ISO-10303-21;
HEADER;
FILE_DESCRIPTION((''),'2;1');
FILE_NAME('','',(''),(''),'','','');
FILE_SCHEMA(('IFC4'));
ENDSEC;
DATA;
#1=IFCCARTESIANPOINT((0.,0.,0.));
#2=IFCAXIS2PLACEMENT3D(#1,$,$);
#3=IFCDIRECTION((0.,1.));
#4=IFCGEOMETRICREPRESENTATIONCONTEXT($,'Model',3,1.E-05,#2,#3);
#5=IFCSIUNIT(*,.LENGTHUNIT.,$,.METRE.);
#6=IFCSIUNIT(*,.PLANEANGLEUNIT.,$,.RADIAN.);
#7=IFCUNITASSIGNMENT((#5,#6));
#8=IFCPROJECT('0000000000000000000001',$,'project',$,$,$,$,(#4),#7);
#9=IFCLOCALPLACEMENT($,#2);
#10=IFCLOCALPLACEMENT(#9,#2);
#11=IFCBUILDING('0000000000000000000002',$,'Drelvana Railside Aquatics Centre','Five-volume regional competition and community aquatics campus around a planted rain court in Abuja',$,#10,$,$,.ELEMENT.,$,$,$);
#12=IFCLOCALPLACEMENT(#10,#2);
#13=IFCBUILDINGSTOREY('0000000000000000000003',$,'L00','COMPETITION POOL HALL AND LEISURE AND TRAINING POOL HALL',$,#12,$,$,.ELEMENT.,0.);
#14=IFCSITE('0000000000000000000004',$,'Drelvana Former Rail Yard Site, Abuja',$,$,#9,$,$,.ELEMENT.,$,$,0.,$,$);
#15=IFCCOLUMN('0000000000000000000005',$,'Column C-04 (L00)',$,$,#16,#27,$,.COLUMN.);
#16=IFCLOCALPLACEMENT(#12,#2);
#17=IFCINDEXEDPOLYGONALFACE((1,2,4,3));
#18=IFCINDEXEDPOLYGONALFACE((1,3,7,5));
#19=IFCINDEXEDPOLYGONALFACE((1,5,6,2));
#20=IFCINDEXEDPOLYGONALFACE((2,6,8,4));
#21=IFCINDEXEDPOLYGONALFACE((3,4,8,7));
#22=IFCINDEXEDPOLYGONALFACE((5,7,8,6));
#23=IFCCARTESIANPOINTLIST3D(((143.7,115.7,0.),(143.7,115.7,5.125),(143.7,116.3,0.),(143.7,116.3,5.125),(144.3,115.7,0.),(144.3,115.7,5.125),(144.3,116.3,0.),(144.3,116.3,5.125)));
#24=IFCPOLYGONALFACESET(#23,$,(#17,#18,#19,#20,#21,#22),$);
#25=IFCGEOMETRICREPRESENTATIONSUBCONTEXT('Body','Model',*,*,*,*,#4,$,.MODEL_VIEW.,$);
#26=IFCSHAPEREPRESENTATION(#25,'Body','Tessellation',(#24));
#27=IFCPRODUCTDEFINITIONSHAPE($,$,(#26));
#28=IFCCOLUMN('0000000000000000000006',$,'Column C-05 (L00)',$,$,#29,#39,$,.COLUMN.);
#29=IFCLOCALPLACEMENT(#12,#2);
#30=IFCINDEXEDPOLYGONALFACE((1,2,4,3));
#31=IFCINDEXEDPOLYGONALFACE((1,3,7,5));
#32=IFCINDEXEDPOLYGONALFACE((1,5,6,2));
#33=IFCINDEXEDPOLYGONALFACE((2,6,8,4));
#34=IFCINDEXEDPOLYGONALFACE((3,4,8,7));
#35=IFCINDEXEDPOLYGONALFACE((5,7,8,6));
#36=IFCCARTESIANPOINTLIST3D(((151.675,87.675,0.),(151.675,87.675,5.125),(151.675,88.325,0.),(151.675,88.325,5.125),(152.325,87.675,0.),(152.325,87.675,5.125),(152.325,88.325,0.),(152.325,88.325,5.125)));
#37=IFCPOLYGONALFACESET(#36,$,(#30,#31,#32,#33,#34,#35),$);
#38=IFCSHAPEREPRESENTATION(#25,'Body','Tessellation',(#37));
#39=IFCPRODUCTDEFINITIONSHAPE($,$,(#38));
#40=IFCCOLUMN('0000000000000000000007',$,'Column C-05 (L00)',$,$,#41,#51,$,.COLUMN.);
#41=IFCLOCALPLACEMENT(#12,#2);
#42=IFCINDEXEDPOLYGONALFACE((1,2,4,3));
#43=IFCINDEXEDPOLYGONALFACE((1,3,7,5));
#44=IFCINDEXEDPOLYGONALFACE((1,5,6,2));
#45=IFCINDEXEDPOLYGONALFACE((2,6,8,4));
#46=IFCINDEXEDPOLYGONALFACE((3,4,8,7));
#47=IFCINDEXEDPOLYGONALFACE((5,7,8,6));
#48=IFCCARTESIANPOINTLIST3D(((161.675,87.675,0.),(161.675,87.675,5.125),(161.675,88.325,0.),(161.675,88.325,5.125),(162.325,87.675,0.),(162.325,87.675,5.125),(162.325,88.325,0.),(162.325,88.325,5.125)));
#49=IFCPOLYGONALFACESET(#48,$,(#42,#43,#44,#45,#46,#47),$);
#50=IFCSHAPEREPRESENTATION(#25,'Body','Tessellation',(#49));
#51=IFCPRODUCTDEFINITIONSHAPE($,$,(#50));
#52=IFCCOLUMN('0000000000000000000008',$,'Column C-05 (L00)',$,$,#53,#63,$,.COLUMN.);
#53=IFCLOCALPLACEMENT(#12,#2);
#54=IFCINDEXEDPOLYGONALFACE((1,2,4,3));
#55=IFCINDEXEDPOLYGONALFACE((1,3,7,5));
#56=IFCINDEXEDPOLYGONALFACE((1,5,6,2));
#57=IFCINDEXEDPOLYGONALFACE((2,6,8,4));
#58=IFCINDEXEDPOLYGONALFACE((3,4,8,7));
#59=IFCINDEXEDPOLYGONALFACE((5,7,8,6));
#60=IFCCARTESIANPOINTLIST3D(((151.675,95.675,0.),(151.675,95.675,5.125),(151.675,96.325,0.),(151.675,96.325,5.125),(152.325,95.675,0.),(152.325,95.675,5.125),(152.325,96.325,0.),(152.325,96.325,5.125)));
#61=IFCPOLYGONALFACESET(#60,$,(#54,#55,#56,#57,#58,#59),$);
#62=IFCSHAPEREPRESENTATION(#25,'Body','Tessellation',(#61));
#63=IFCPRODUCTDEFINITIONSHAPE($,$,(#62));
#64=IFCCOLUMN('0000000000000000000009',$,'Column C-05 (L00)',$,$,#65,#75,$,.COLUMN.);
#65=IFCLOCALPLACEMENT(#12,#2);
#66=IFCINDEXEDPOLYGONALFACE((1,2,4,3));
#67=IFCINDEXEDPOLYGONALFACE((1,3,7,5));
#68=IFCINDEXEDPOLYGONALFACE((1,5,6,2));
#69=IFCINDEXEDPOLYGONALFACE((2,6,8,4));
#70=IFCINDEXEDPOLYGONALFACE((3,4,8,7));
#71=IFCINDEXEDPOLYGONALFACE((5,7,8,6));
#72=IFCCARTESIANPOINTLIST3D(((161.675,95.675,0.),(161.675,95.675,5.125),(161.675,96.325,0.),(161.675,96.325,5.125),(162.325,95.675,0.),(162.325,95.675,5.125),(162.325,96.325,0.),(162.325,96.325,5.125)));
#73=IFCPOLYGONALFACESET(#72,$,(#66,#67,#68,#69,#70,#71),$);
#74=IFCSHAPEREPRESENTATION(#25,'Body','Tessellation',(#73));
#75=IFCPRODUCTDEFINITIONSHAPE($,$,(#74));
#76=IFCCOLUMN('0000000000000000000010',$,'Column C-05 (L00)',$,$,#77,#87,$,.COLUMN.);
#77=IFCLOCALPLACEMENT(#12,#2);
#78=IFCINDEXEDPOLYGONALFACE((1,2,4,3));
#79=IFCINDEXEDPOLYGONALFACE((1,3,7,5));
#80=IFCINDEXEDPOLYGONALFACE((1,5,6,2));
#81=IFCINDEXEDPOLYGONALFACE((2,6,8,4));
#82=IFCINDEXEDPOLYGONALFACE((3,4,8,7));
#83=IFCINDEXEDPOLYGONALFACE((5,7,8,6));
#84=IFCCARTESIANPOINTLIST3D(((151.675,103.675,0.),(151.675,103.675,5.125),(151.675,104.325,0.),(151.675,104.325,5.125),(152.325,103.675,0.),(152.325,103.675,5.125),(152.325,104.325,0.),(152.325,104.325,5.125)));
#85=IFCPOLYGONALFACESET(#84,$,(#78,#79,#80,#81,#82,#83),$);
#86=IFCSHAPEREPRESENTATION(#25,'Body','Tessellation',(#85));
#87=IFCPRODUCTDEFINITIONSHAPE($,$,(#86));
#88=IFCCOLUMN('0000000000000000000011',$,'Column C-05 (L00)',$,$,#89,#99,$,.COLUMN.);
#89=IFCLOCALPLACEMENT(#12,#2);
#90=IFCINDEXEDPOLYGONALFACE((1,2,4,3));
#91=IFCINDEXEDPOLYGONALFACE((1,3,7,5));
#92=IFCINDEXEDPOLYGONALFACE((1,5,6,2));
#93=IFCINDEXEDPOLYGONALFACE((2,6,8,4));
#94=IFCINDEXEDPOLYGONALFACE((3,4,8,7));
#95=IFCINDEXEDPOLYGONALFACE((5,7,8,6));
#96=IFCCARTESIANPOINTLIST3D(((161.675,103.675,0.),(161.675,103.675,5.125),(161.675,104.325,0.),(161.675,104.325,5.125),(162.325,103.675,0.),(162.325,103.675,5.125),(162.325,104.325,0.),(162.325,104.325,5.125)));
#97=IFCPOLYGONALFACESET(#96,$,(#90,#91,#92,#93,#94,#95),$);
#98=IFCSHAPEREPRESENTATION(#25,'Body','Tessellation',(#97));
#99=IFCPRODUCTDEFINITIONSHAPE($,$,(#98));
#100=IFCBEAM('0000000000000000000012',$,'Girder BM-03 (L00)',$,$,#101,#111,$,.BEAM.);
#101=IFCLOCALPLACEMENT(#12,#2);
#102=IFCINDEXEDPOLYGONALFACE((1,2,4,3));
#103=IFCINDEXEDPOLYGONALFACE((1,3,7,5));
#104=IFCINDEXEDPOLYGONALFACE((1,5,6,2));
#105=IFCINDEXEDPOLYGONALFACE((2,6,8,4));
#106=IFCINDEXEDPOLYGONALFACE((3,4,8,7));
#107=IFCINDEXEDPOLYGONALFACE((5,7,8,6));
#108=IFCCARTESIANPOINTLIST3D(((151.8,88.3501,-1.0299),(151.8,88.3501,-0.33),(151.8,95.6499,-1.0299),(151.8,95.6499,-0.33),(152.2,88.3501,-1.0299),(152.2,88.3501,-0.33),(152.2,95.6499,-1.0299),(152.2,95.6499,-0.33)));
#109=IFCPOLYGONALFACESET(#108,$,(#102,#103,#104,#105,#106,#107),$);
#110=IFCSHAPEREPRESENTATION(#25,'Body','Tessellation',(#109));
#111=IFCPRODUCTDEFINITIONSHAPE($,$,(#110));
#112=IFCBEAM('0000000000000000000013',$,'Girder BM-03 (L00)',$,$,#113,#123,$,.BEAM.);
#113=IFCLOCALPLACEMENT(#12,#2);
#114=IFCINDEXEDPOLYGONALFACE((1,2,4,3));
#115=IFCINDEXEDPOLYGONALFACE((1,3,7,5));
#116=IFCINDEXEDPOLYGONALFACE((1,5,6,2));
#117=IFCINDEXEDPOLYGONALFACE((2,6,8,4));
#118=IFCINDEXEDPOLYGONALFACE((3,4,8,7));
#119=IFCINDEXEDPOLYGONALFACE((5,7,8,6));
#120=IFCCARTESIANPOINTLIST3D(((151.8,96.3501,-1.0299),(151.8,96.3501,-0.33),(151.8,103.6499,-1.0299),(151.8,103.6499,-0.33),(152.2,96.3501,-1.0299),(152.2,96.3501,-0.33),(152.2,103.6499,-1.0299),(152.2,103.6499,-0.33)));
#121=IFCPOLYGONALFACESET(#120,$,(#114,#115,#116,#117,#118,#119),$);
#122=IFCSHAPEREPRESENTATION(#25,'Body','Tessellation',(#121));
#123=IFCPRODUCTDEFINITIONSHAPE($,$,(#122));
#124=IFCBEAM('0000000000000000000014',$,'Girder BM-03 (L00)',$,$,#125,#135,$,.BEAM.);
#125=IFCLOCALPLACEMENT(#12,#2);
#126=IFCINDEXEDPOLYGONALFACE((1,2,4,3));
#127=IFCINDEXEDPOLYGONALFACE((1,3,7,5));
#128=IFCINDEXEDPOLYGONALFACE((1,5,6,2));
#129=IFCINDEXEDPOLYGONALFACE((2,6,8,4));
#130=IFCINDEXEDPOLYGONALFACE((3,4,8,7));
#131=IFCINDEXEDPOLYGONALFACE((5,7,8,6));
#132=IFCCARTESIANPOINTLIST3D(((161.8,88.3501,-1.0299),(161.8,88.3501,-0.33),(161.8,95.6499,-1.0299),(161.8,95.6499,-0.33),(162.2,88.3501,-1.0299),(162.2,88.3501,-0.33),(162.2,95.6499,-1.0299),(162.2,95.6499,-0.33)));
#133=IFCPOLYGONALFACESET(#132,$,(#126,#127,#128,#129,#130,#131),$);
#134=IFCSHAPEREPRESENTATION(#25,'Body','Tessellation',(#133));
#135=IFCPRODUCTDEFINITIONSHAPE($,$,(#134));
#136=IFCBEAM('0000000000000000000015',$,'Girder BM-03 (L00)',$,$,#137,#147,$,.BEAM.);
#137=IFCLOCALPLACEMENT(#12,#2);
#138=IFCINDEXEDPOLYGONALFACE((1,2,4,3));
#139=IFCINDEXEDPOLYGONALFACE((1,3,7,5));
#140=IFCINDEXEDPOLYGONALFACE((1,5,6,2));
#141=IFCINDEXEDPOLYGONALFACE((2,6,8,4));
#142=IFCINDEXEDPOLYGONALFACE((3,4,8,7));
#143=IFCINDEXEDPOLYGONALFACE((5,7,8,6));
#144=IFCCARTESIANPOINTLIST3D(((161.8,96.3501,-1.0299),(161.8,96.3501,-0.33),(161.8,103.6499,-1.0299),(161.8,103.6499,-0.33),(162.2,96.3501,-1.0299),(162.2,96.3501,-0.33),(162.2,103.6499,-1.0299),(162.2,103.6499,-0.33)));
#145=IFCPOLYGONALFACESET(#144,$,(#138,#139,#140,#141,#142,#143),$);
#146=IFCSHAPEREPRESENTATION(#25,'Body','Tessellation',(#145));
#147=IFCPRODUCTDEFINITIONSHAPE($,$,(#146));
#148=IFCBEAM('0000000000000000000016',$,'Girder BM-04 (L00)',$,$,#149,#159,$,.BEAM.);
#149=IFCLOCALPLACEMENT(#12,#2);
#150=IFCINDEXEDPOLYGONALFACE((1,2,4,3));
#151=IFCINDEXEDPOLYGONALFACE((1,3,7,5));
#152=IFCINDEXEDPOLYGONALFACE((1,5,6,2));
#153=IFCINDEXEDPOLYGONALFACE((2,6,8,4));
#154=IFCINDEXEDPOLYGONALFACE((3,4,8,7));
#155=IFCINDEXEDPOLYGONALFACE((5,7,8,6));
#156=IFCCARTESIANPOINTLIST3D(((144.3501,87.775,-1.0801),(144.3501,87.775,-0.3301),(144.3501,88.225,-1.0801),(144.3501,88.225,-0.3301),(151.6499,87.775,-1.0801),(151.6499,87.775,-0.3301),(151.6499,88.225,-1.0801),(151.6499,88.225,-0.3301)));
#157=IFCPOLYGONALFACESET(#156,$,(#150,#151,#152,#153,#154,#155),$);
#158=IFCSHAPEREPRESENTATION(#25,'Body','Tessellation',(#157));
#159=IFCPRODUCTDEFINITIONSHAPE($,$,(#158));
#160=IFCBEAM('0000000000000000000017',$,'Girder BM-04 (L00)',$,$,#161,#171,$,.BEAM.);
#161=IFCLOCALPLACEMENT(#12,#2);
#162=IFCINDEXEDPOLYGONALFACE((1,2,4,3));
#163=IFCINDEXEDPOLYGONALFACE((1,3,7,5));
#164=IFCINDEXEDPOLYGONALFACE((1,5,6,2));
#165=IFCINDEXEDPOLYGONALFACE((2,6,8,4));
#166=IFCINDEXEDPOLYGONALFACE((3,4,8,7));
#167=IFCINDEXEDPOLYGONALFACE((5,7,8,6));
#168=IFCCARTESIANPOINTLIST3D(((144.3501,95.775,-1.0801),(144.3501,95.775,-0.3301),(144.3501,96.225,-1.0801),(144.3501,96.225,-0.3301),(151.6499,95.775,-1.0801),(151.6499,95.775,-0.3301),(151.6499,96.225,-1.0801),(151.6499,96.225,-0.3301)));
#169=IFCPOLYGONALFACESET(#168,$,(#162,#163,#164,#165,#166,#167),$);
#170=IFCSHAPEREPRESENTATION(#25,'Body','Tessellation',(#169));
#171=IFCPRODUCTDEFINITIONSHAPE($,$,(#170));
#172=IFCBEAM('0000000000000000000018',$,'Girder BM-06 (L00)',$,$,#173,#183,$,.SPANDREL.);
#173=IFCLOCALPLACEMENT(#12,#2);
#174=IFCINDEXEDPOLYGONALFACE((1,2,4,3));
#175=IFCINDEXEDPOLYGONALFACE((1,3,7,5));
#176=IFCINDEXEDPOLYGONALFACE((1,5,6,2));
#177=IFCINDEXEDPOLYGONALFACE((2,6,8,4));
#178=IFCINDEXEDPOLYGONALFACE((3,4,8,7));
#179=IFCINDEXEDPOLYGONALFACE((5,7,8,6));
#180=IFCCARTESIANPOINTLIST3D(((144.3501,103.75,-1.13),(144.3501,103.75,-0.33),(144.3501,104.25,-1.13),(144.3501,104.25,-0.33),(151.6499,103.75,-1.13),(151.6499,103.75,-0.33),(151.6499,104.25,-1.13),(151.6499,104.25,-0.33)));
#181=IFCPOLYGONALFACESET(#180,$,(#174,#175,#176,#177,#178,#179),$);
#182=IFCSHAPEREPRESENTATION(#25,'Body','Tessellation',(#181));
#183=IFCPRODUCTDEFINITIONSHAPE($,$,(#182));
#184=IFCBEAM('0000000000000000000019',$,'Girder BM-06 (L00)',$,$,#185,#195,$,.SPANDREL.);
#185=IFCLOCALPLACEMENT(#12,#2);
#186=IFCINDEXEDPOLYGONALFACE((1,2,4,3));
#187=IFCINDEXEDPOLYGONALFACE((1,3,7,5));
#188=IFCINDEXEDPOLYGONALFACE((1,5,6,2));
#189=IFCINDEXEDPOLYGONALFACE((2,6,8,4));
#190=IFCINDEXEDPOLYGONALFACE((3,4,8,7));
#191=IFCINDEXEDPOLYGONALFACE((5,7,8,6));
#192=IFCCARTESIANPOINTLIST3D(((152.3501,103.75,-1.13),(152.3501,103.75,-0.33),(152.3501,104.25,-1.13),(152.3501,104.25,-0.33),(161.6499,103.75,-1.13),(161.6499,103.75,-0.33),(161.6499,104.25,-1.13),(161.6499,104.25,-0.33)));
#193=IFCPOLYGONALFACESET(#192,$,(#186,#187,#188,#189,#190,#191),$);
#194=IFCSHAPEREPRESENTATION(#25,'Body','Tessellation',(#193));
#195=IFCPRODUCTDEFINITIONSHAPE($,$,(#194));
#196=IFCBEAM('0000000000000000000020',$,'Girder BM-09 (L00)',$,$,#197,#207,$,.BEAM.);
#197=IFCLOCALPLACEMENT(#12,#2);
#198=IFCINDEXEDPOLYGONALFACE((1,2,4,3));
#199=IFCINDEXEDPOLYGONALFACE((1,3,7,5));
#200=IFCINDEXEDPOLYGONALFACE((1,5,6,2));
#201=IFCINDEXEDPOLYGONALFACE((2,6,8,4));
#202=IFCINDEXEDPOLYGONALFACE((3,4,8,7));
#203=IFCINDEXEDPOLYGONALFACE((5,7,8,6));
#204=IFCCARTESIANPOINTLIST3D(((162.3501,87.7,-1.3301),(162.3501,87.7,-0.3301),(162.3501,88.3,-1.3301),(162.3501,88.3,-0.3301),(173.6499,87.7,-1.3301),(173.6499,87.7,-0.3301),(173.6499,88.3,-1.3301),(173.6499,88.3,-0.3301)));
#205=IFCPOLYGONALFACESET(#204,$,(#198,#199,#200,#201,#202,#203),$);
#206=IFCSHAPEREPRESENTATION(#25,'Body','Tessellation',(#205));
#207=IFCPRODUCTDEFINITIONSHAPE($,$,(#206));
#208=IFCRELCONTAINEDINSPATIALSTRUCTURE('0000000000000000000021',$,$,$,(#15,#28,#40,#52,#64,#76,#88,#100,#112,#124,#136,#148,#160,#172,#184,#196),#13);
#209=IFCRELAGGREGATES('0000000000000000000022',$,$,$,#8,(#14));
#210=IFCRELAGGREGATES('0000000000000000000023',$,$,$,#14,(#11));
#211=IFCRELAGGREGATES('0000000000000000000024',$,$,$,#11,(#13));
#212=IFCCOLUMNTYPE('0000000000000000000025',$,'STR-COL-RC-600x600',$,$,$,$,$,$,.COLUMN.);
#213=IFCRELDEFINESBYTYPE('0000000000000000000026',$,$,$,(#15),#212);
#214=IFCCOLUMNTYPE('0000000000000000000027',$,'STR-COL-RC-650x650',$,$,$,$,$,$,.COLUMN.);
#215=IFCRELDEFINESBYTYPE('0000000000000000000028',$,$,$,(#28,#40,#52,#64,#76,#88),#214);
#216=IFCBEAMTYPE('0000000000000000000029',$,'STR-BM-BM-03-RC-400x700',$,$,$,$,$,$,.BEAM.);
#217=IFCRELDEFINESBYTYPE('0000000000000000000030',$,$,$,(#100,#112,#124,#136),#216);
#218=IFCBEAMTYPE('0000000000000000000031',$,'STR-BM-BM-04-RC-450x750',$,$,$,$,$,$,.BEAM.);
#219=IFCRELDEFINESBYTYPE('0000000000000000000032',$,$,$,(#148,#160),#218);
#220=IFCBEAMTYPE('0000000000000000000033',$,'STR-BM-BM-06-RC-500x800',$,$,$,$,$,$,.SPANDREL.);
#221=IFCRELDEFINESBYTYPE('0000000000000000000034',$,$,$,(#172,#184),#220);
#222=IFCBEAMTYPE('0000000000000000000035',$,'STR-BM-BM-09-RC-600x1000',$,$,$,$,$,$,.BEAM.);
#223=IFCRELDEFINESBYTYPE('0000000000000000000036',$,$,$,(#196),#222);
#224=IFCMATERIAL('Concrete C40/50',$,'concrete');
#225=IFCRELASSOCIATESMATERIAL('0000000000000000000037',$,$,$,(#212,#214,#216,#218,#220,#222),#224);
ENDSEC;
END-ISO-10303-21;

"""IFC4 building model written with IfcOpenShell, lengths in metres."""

from ifc_helpers import new_model, si_unit, direction, frame, origin, origin_2d, place, context, subcontext, project, spatial, rectangle, extrude, material, material_profile, profile_set, type_object, element, save


model = new_model("IFC4")

# Units and contexts
model_context = context("Model", 3, precision=1e-05, world=origin(), true_north=direction((0.0, 1.0)))
body_context = subcontext(model_context, "Body", "Model", "MODEL_VIEW")
ifc_project = project(units=[si_unit("LENGTHUNIT", "METRE"), si_unit("PLANEANGLEUNIT", "RADIAN")], contexts=[model_context])

# Site, building, storey
site_placement = place(None, origin())
site = spatial("IfcSite", under=ifc_project, at=site_placement, Name="Drelvana Former Rail Yard Site, Abuja", CompositionType="ELEMENT", RefElevation=0.0)
building_placement = place(site_placement, origin())
building = spatial("IfcBuilding", under=site, at=building_placement, Name="Drelvana Railside Aquatics Centre", Description="Five-volume regional competition and community aquatics campus around a planted rain court in Abuja", CompositionType="ELEMENT")
storey_placement = place(building_placement, origin())
storey = spatial("IfcBuildingStorey", under=building, at=storey_placement, Name="L00", Description="COMPETITION POOL HALL AND LEISURE AND TRAINING POOL HALL", CompositionType="ELEMENT", Elevation=0.0)

# Columns
ifc_material_1 = material(Name="Concrete C40/50", Category="concrete")
ifc_material_profile_1 = material_profile(ifc_material_1, rectangle(XDim=0.6001, YDim=0.6001, at=origin_2d()), Name="RC 600x600")
ifc_profile_set_1 = profile_set([ifc_material_profile_1], Name="Concrete C40/50")
column_type_1 = type_object("IfcColumnType", Name="STR-COL-RC-600x600", PredefinedType="COLUMN", material=ifc_profile_set_1)
column_placement = place(storey_placement, frame((144.0, 116.0, 0.0), z_axis=(0.0, 0.0, 1.0), x_axis=(1.0, 0.0, 0.0)))
element("IfcColumn", 1, at=column_placement, inside=storey, type_object=column_type_1, Name="Column C-04 (L00)", PredefinedType="COLUMN", context=body_context, shape_type="SweptSolid", body=[
    extrude(rectangle(XDim=0.6001, YDim=0.6001, at=origin_2d()), origin(), (0.0, 0.0, 1.0), 5.125),
])
ifc_material_profile_2 = material_profile(ifc_material_1, rectangle(XDim=0.6499, YDim=0.6499, at=origin_2d()), Name="RC 650x650")
ifc_profile_set_2 = profile_set([ifc_material_profile_2], Name="Concrete C40/50")
column_type_2 = type_object("IfcColumnType", Name="STR-COL-RC-650x650", PredefinedType="COLUMN", material=ifc_profile_set_2)
for number, where, z_axis, x_axis, name in (
    (2, (152.0, 88.0, 0.0), (0.0, 0.0, 1.0), (1.0, 0.0, 0.0), "Column C-05 (L00)"),
    (3, (162.0, 88.0, 0.0), (0.0, 0.0, 1.0), (1.0, 0.0, 0.0), "Column C-05 (L00)"),
    (4, (152.0, 96.0, 0.0), (0.0, 0.0, 1.0), (1.0, 0.0, 0.0), "Column C-05 (L00)"),
    (5, (162.0, 96.0, 0.0), (0.0, 0.0, 1.0), (1.0, 0.0, 0.0), "Column C-05 (L00)"),
    (6, (152.0, 104.0, 0.0), (0.0, 0.0, 1.0), (1.0, 0.0, 0.0), "Column C-05 (L00)"),
    (7, (162.0, 104.0, 0.0), (0.0, 0.0, 1.0), (1.0, 0.0, 0.0), "Column C-05 (L00)"),
):
    element("IfcColumn", number, at=place(storey_placement, frame(where, z_axis=z_axis, x_axis=x_axis)), inside=storey, type_object=column_type_2, Name=name, PredefinedType="COLUMN", context=body_context, shape_type="SweptSolid", body=[
        extrude(rectangle(XDim=0.6499, YDim=0.6499, at=origin_2d()), origin(), (0.0, 0.0, 1.0), 5.125),
    ])

# Beams
ifc_material_profile_3 = material_profile(ifc_material_1, rectangle(XDim=0.3999, YDim=0.7, at=origin_2d()), Name="RC 400x700")
ifc_profile_set_3 = profile_set([ifc_material_profile_3], Name="Concrete C40/50")
beam_type_1 = type_object("IfcBeamType", Name="STR-BM-BM-03-RC-400x700", PredefinedType="BEAM", material=ifc_profile_set_3)
for number, where, z_axis, x_axis, name in (
    (8, (152.0, 88.3501, -0.6799), (0.0, 1.0, 0.0), (-1.0, 0.0, 0.0), "Girder BM-03 (L00)"),
    (9, (152.0, 96.3501, -0.6799), (0.0, 1.0, 0.0), (-1.0, 0.0, 0.0), "Girder BM-03 (L00)"),
    (10, (162.0, 88.3501, -0.6799), (0.0, 1.0, 0.0), (-1.0, 0.0, 0.0), "Girder BM-03 (L00)"),
    (11, (162.0, 96.3501, -0.6799), (0.0, 1.0, 0.0), (-1.0, 0.0, 0.0), "Girder BM-03 (L00)"),
):
    element("IfcBeam", number, at=place(storey_placement, frame(where, z_axis=z_axis, x_axis=x_axis)), inside=storey, type_object=beam_type_1, Name=name, PredefinedType="BEAM", context=body_context, shape_type="SweptSolid", body=[
        extrude(rectangle(XDim=0.3999, YDim=0.7, at=origin_2d()), origin(), (0.0, 0.0, 1.0), 7.2998),
    ])
ifc_material_profile_4 = material_profile(ifc_material_1, rectangle(XDim=0.45, YDim=0.75, at=origin_2d()), Name="RC 450x750")
ifc_profile_set_4 = profile_set([ifc_material_profile_4], Name="Concrete C40/50")
beam_type_2 = type_object("IfcBeamType", Name="STR-BM-BM-04-RC-450x750", PredefinedType="BEAM", material=ifc_profile_set_4)
for number, where, z_axis, x_axis, name in (
    (12, (144.3501, 88.0, -0.7051), (1.0, 0.0, 0.0), (0.0, 1.0, 0.0), "Girder BM-04 (L00)"),
    (13, (144.3501, 96.0, -0.7051), (1.0, 0.0, 0.0), (0.0, 1.0, 0.0), "Girder BM-04 (L00)"),
):
    element("IfcBeam", number, at=place(storey_placement, frame(where, z_axis=z_axis, x_axis=x_axis)), inside=storey, type_object=beam_type_2, Name=name, PredefinedType="BEAM", context=body_context, shape_type="SweptSolid", body=[
        extrude(rectangle(XDim=0.45, YDim=0.75, at=origin_2d()), origin(), (0.0, 0.0, 1.0), 7.2998),
    ])
ifc_material_profile_5 = material_profile(ifc_material_1, rectangle(XDim=0.5, YDim=0.8, at=origin_2d()), Name="RC 500x800")
ifc_profile_set_5 = profile_set([ifc_material_profile_5], Name="Concrete C40/50")
beam_type_3 = type_object("IfcBeamType", Name="STR-BM-BM-06-RC-500x800", PredefinedType="SPANDREL", material=ifc_profile_set_5)
beam_1_placement = place(storey_placement, frame((144.3501, 104.0, -0.73), z_axis=(1.0, 0.0, 0.0), x_axis=(0.0, 1.0, 0.0)))
element("IfcBeam", 14, at=beam_1_placement, inside=storey, type_object=beam_type_3, Name="Girder BM-06 (L00)", PredefinedType="SPANDREL", context=body_context, shape_type="SweptSolid", body=[
    extrude(rectangle(XDim=0.5, YDim=0.8, at=origin_2d()), origin(), (0.0, 0.0, 1.0), 7.2998),
])
beam_2_placement = place(storey_placement, frame((152.3501, 104.0, -0.73), z_axis=(1.0, 0.0, 0.0), x_axis=(0.0, 1.0, 0.0)))
element("IfcBeam", 15, at=beam_2_placement, inside=storey, type_object=beam_type_3, Name="Girder BM-06 (L00)", PredefinedType="SPANDREL", context=body_context, shape_type="SweptSolid", body=[
    extrude(rectangle(XDim=0.5, YDim=0.8, at=origin_2d()), origin(), (0.0, 0.0, 1.0), 9.2998),
])
ifc_material_profile_6 = material_profile(ifc_material_1, rectangle(XDim=0.6001, YDim=1.0, at=origin_2d()), Name="RC 600x1000")
ifc_profile_set_6 = profile_set([ifc_material_profile_6], Name="Concrete C40/50")
beam_type_4 = type_object("IfcBeamType", Name="STR-BM-BM-09-RC-600x1000", PredefinedType="BEAM", material=ifc_profile_set_6)
for number, where, z_axis, x_axis, name in (
    (16, (162.3501, 88.0, -0.8301), (1.0, 0.0, 0.0), (0.0, 1.0, 0.0), "Girder BM-09 (L00)"),
):
    element("IfcBeam", number, at=place(storey_placement, frame(where, z_axis=z_axis, x_axis=x_axis)), inside=storey, type_object=beam_type_4, Name=name, PredefinedType="BEAM", context=body_context, shape_type="SweptSolid", body=[
        extrude(rectangle(XDim=0.6001, YDim=1.0, at=origin_2d()), origin(), (0.0, 0.0, 1.0), 11.2998),
    ])

save(model, "model.ifc")
